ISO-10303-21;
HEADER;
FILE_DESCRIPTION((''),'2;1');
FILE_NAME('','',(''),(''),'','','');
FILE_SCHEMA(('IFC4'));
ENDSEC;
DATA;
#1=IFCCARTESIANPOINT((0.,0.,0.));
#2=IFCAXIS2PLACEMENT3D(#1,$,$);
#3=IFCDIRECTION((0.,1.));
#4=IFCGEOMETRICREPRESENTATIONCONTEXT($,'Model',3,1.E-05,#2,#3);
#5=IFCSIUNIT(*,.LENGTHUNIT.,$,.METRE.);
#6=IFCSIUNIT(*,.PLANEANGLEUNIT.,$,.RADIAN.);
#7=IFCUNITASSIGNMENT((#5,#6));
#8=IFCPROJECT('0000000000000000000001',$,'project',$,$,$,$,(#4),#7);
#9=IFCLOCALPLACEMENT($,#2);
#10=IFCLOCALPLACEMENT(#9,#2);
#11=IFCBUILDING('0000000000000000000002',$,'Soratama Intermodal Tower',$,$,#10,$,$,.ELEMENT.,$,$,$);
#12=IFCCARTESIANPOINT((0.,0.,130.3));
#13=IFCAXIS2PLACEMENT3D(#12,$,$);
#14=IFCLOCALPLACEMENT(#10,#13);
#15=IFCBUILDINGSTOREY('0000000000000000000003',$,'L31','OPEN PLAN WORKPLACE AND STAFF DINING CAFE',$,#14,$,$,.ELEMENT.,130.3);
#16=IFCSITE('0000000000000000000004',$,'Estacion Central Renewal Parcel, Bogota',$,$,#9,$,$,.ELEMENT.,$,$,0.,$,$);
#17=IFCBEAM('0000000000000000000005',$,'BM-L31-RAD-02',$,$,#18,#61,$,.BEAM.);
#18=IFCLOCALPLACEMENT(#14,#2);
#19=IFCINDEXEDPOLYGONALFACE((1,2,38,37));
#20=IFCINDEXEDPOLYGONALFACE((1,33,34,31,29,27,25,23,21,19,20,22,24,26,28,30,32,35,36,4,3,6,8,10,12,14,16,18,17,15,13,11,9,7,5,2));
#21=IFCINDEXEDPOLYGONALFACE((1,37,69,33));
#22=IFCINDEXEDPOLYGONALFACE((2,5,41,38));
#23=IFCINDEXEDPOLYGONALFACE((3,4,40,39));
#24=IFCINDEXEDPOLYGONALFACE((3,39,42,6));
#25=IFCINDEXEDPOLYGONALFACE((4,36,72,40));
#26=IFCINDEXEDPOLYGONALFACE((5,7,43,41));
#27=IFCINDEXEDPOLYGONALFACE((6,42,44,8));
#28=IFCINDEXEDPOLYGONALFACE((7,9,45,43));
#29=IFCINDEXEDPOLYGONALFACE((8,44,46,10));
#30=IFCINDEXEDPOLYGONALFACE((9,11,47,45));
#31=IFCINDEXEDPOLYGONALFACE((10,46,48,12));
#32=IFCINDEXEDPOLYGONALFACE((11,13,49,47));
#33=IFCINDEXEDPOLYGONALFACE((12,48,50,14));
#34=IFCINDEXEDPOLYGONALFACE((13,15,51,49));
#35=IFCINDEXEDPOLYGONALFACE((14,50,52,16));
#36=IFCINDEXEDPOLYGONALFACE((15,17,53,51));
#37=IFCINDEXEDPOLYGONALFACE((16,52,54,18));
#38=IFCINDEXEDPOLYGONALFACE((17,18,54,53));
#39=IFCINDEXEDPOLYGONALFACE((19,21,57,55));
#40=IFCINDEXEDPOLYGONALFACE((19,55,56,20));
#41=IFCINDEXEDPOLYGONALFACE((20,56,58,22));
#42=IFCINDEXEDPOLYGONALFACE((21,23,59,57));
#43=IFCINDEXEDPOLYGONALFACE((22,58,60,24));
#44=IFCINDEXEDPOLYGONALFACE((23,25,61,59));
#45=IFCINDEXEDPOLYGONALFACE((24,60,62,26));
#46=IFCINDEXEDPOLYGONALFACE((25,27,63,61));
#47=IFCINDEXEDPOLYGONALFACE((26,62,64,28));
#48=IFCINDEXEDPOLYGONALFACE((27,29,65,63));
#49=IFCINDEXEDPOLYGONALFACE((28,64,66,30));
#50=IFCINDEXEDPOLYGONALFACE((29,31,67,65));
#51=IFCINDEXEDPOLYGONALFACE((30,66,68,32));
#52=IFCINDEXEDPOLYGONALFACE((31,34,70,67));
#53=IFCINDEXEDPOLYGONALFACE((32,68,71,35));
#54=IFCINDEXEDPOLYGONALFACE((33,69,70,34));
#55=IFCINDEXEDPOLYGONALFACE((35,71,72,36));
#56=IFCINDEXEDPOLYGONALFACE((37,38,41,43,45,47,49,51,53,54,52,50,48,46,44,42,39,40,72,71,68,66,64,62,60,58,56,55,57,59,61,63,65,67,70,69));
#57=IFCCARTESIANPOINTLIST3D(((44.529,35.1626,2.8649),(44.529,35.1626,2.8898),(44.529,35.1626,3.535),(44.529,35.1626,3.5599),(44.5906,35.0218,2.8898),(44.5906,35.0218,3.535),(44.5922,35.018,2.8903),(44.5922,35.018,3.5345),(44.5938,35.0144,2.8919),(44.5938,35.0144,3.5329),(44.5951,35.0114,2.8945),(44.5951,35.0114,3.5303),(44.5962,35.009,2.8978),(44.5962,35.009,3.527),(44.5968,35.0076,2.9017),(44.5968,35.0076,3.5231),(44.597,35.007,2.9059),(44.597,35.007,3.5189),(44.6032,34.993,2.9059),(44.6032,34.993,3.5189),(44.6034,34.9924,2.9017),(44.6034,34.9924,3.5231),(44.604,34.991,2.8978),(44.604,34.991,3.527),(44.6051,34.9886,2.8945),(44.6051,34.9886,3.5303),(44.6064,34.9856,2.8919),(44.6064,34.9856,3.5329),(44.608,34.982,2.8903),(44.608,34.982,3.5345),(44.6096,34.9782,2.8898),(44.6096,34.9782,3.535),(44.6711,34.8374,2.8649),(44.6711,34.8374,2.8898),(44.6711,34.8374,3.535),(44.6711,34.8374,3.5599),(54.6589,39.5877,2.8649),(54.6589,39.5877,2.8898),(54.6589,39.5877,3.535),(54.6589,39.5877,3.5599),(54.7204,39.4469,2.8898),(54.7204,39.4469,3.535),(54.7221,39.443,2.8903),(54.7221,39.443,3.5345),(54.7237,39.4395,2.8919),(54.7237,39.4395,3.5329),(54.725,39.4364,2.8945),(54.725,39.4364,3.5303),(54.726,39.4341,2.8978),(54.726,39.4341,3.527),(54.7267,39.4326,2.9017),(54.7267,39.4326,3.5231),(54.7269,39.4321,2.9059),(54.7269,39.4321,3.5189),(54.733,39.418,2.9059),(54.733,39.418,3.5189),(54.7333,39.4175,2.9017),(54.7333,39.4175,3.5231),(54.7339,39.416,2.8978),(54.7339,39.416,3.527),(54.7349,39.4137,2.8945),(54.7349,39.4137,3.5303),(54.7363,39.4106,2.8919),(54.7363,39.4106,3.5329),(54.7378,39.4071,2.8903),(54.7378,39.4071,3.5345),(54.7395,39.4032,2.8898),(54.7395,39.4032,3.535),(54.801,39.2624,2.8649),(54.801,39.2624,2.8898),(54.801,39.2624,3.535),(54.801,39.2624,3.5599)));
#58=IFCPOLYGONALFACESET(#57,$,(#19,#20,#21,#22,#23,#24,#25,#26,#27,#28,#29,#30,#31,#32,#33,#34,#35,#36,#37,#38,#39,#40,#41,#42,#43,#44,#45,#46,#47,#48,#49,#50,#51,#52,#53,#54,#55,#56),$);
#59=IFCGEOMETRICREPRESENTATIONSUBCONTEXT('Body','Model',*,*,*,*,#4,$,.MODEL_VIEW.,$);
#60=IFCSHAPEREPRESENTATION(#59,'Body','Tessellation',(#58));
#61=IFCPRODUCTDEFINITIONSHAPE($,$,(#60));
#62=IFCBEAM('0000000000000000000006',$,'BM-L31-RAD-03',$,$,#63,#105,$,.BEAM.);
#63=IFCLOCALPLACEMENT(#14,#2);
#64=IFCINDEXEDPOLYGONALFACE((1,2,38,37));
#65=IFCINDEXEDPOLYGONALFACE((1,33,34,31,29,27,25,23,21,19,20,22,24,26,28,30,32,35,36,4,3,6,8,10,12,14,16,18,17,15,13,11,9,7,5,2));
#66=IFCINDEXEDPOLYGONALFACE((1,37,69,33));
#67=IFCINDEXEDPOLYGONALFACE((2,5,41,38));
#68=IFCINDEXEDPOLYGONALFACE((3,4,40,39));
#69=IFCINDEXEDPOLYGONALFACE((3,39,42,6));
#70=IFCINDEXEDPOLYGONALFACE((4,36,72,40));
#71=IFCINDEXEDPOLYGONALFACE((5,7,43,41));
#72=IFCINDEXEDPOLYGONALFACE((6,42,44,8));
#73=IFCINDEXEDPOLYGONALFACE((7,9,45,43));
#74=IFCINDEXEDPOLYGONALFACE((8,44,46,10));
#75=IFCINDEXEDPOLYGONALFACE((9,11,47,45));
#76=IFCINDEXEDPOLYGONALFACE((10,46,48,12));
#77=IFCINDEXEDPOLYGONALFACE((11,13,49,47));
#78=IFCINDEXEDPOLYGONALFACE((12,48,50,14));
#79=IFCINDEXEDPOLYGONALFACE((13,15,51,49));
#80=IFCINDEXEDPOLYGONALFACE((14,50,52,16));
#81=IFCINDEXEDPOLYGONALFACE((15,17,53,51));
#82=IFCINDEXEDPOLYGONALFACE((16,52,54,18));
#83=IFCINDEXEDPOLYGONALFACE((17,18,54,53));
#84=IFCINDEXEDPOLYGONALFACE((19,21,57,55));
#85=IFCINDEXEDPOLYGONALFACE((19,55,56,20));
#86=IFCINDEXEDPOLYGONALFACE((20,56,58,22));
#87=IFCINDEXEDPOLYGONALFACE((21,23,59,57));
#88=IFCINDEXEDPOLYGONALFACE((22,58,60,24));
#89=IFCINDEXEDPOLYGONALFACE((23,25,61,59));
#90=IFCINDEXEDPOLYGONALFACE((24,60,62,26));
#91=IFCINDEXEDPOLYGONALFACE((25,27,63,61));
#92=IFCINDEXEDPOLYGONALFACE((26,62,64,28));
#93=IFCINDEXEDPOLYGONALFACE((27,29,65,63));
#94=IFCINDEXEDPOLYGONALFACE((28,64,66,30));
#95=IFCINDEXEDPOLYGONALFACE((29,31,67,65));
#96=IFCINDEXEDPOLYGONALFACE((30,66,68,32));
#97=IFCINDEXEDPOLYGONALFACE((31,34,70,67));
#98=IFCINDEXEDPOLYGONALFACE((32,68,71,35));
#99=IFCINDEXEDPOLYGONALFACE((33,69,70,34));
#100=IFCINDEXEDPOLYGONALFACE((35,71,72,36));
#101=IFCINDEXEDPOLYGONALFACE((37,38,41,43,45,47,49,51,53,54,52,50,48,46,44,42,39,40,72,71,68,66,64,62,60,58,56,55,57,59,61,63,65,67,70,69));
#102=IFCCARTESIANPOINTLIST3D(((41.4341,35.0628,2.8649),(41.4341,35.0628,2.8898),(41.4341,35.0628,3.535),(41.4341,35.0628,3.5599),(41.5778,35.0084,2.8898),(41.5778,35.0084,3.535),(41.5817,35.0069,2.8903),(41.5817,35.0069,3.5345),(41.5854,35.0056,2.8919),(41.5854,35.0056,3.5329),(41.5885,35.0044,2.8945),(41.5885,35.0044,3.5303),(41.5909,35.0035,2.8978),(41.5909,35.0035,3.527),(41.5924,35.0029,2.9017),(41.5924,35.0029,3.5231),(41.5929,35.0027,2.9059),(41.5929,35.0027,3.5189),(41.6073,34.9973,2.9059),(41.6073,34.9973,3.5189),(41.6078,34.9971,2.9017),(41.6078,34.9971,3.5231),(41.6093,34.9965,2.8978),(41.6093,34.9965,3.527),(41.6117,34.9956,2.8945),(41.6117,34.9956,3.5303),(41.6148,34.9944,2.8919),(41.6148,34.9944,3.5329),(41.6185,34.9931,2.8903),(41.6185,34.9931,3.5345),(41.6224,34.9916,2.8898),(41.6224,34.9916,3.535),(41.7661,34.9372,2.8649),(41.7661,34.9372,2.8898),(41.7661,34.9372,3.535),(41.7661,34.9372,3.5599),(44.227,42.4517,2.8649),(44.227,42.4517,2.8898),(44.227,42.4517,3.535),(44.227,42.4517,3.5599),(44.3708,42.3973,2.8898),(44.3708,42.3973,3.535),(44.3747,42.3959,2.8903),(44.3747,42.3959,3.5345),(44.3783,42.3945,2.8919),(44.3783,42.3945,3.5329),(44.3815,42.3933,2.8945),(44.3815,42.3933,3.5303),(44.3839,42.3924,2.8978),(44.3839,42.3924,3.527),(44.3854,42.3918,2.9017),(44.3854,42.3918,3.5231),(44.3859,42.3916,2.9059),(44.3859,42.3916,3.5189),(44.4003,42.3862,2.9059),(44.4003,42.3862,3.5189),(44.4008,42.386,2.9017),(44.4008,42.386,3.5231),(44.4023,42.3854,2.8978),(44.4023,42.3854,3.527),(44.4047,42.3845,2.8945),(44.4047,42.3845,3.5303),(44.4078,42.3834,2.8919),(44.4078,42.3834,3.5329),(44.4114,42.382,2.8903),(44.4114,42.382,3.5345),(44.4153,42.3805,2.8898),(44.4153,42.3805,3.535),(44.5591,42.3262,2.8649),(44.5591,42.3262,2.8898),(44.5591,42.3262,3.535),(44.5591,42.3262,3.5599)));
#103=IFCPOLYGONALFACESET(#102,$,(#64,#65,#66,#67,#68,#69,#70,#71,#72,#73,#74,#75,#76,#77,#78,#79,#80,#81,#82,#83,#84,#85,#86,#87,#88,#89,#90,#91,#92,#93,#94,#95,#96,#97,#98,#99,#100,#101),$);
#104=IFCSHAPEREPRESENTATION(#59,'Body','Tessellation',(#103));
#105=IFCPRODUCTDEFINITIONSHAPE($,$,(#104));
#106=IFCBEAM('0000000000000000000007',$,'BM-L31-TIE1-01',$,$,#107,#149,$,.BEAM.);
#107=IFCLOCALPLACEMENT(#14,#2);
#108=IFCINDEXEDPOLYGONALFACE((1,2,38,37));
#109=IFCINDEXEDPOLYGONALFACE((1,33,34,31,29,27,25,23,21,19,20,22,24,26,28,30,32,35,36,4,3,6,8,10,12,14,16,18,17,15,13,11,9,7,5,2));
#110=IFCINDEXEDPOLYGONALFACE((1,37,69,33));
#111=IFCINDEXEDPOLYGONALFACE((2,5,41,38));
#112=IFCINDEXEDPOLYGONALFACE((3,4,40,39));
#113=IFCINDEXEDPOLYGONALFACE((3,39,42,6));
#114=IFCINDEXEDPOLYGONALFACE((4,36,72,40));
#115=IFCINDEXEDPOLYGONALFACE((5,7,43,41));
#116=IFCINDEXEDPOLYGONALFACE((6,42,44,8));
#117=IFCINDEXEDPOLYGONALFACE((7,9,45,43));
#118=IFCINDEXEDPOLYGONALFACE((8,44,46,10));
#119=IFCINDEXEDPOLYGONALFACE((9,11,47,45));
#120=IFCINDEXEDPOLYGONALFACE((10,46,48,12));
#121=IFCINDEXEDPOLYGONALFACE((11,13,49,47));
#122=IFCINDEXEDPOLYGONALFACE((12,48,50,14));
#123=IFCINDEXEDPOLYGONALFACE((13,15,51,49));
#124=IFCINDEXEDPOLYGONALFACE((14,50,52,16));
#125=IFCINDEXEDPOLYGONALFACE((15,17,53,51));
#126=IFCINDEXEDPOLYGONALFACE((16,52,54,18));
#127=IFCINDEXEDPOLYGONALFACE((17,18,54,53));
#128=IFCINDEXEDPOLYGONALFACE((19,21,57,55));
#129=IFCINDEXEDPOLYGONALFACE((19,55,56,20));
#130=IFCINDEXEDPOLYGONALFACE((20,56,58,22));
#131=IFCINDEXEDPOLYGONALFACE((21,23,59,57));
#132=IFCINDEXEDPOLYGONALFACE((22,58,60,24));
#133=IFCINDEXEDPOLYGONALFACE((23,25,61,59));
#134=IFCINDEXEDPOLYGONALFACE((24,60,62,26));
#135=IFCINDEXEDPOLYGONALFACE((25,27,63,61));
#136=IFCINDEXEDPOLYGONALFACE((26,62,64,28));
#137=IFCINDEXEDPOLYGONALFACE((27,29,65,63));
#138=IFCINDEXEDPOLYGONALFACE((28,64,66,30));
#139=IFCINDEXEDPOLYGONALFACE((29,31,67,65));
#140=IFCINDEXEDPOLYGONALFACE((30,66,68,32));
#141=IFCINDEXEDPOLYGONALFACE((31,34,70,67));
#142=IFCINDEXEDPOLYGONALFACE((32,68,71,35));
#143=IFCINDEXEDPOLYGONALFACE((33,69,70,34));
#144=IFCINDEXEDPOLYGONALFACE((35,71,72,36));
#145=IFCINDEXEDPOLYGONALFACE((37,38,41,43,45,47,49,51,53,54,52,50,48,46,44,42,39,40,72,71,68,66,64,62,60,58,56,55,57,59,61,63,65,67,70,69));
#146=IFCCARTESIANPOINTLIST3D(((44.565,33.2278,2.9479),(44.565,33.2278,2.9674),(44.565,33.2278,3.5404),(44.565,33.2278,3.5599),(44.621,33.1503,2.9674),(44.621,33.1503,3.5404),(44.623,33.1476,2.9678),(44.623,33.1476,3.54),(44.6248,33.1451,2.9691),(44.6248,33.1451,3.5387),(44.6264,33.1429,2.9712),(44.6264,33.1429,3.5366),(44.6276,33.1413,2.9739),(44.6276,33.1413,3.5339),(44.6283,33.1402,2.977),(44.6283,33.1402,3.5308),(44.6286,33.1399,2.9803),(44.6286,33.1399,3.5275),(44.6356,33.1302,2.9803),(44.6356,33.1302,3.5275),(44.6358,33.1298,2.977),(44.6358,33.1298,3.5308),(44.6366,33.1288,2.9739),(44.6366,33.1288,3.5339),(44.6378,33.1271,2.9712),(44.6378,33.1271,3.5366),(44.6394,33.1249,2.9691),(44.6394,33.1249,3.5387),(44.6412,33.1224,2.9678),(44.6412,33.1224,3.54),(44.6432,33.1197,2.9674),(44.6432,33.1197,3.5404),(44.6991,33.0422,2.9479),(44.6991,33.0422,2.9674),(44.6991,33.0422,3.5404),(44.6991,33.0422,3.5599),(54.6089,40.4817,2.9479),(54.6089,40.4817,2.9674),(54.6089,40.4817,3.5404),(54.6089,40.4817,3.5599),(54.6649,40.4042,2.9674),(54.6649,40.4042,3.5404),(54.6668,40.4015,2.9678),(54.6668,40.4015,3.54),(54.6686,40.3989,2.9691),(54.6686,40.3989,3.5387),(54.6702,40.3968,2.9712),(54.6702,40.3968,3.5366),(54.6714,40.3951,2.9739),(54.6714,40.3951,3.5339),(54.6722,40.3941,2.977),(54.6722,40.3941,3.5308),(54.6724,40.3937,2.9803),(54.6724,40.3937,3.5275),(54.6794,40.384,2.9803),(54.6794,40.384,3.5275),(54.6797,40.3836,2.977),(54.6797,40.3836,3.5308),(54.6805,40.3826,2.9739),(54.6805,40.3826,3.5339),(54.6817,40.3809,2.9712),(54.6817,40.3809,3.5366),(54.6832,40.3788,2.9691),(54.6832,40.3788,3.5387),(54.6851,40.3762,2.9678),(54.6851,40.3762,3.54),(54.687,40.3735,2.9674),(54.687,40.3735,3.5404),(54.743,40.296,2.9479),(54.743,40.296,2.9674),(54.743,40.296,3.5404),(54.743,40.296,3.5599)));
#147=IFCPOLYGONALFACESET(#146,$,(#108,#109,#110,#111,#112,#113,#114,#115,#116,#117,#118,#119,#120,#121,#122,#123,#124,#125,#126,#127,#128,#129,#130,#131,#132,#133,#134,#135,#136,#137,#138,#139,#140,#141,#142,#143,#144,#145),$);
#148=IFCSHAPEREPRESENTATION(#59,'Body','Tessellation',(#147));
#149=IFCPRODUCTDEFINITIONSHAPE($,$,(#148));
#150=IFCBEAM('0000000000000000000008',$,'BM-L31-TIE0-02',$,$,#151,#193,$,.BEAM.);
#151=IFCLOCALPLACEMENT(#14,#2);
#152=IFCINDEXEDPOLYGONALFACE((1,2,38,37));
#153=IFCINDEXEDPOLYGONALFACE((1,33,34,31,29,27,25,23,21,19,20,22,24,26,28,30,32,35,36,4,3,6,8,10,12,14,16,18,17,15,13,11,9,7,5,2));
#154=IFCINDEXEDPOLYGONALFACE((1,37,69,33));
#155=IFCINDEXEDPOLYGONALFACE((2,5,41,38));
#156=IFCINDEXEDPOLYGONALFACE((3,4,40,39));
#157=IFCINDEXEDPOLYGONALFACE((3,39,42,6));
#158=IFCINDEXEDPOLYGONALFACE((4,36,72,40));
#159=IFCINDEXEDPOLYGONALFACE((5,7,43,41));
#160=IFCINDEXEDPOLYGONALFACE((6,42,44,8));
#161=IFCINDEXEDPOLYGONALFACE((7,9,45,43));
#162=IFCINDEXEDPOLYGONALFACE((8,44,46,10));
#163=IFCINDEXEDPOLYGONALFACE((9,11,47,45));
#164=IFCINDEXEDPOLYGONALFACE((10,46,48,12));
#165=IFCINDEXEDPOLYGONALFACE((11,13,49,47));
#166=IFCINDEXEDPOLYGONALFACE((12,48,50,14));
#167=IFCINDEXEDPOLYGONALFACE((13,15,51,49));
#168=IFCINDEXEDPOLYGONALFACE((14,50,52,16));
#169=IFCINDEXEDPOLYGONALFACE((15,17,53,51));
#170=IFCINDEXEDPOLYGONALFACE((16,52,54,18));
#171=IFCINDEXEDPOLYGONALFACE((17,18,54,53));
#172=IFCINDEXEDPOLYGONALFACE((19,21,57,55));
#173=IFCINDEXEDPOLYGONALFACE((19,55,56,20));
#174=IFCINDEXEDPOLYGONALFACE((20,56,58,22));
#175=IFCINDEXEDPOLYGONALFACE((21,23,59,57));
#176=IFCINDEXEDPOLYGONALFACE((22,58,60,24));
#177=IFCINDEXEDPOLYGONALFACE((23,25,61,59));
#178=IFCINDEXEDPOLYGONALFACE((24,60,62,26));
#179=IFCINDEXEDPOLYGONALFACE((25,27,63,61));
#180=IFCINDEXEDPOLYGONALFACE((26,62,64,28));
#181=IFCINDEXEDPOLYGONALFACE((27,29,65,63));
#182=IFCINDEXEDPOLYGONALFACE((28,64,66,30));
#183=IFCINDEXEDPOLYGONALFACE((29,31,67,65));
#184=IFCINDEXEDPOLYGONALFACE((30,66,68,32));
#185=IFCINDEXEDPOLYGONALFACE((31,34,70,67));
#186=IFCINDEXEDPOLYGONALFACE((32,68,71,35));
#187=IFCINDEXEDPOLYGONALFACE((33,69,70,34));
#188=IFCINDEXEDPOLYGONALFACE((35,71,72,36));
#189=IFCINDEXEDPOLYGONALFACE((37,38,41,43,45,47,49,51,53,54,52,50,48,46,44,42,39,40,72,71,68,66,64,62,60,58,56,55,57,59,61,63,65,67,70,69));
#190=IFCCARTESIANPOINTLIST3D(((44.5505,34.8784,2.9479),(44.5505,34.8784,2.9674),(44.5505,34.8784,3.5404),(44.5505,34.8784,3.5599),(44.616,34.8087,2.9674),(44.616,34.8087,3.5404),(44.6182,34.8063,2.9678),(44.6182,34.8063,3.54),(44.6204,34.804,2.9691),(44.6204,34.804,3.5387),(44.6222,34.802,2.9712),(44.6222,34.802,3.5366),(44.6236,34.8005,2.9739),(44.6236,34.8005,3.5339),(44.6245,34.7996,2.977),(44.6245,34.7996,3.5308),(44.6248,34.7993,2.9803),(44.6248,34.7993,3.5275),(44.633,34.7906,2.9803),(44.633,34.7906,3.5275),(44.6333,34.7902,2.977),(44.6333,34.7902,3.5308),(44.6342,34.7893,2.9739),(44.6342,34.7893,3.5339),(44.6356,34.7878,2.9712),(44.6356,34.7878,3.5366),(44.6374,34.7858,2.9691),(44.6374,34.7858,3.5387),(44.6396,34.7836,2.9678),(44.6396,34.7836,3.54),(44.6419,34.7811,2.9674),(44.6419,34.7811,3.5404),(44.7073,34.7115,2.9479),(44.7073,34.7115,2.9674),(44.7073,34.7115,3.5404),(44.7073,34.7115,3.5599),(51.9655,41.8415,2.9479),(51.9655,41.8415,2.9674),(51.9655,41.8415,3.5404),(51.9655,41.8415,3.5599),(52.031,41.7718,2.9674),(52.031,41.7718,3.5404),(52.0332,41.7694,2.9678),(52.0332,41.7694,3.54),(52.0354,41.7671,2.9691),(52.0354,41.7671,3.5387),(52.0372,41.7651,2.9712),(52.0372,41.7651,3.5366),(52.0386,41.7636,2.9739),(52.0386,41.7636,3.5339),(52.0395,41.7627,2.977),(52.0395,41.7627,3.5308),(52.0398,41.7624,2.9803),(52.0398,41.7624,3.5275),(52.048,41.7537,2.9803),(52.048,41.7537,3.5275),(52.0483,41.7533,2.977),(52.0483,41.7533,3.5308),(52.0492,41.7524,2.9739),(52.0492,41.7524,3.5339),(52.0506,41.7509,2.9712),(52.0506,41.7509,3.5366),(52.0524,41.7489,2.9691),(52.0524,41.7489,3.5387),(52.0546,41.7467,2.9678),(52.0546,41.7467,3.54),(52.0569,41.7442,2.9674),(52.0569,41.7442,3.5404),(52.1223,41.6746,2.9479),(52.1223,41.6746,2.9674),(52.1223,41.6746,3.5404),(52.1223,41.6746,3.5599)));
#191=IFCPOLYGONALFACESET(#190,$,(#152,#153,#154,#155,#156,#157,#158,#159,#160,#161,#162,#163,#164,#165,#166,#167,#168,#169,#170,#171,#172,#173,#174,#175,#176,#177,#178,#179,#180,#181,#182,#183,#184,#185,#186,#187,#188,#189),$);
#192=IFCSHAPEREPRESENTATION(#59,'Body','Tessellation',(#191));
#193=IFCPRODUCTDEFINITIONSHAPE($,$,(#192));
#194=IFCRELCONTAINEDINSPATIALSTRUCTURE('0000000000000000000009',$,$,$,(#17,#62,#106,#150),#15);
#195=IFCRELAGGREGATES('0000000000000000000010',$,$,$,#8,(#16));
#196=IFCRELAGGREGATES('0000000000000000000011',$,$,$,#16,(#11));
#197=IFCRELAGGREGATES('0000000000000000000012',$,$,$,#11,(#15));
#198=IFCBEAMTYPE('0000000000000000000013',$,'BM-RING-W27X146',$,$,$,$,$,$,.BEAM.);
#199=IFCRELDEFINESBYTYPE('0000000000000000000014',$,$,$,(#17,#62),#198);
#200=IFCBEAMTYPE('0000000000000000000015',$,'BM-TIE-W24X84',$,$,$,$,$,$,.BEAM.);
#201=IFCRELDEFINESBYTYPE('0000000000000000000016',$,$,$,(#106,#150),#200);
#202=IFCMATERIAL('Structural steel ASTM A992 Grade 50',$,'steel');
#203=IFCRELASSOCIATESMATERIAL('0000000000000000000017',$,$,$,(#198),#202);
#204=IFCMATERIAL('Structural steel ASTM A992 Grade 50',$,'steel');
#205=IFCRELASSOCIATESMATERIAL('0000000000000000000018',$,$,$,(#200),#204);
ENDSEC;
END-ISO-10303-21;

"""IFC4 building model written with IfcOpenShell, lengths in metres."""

from ifc_helpers import new_model, si_unit, direction, frame, origin, origin_2d, place, context, subcontext, project, spatial, i_section, extrude, material, material_profile, profile_set, type_object, element, save


model = new_model("IFC4")

# Units and contexts
model_context = context("Model", 3, precision=1e-05, world=origin(), true_north=direction((0.0, 1.0)))
body_context = subcontext(model_context, "Body", "Model", "MODEL_VIEW")
ifc_project = project(units=[si_unit("LENGTHUNIT", "METRE"), si_unit("PLANEANGLEUNIT", "RADIAN")], contexts=[model_context])

# Site, building, storey
site_placement = place(None, origin())
site = spatial("IfcSite", under=ifc_project, at=site_placement, Name="Estacion Central Renewal Parcel, Bogota", CompositionType="ELEMENT", RefElevation=0.0)
building_placement = place(site_placement, origin())
building = spatial("IfcBuilding", under=site, at=building_placement, Name="Soratama Intermodal Tower", CompositionType="ELEMENT")
storey_placement = place(building_placement, frame((0.0, 0.0, 130.3)))
storey = spatial("IfcBuildingStorey", under=building, at=storey_placement, Name="L31", Description="OPEN PLAN WORKPLACE AND STAFF DINING CAFE", CompositionType="ELEMENT", Elevation=130.3)

# Beams
ifc_material_1 = material(Name="Structural steel ASTM A992 Grade 50", Category="steel")
ifc_material_profile_1 = material_profile(ifc_material_1, i_section(OverallWidth=0.355, OverallDepth=0.6951, WebThickness=0.0154, FlangeThickness=0.0249, FilletRadius=0.0161, at=origin_2d()), Name="W27X146")
ifc_profile_set_1 = profile_set([ifc_material_profile_1], Name="Structural steel ASTM A992 Grade 50")
beam_type_1 = type_object("IfcBeamType", Name="BM-RING-W27X146", PredefinedType="BEAM", material=ifc_profile_set_1)
beam_1_placement = place(storey_placement, frame((44.6001, 35.0, 3.2124), z_axis=(0.916382, 0.400304, 0.0), x_axis=(-0.400304, 0.916382, 0.0)))
element("IfcBeam", 1, at=beam_1_placement, inside=storey, type_object=beam_type_1, Name="BM-L31-RAD-02", PredefinedType="BEAM", context=body_context, shape_type="SweptSolid", body=[
    extrude(i_section(OverallWidth=0.355, OverallDepth=0.6951, WebThickness=0.0154, FlangeThickness=0.0249, FilletRadius=0.0161, at=origin_2d()), origin(), (0.0, 0.0, 1.0), 11.0542),
])
beam_2_placement = place(storey_placement, frame((41.6001, 35.0, 3.2124), z_axis=(0.353578, 0.935405, 0.0), x_axis=(-0.935405, 0.353578, 0.0)))
element("IfcBeam", 2, at=beam_2_placement, inside=storey, type_object=beam_type_1, Name="BM-L31-RAD-03", PredefinedType="BEAM", context=body_context, shape_type="SweptSolid", body=[
    extrude(i_section(OverallWidth=0.355, OverallDepth=0.6951, WebThickness=0.0154, FlangeThickness=0.0249, FilletRadius=0.0161, at=origin_2d()), origin(), (0.0, 0.0, 1.0), 7.8992),
])
ifc_material_2 = material(Name="Structural steel ASTM A992 Grade 50", Category="steel")
ifc_material_profile_2 = material_profile(ifc_material_2, i_section(OverallWidth=0.229, OverallDepth=0.6121, WebThickness=0.012, FlangeThickness=0.0195, FilletRadius=0.0129, at=origin_2d()), Name="W24X84")
ifc_profile_set_2 = profile_set([ifc_material_profile_2], Name="Structural steel ASTM A992 Grade 50")
beam_type_2 = type_object("IfcBeamType", Name="BM-TIE-W24X84", PredefinedType="BEAM", material=ifc_profile_set_2)
beam_3_placement = place(storey_placement, frame((44.6321, 33.135, 3.2539), z_axis=(0.810681, 0.585488, 0.0), x_axis=(-0.585488, 0.810681, 0.0)))
element("IfcBeam", 3, at=beam_3_placement, inside=storey, type_object=beam_type_2, Name="BM-L31-TIE1-01", PredefinedType="BEAM", context=body_context, shape_type="SweptSolid", body=[
    extrude(i_section(OverallWidth=0.229, OverallDepth=0.6121, WebThickness=0.012, FlangeThickness=0.0195, FilletRadius=0.0129, at=origin_2d()), origin(), (0.0, 0.0, 1.0), 12.3894),
])
beam_4_placement = place(storey_placement, frame((44.6289, 34.7949, 3.2539), z_axis=(0.728971, 0.684544, 0.0), x_axis=(-0.684544, 0.728971, 0.0)))
element("IfcBeam", 4, at=beam_4_placement, inside=storey, type_object=beam_type_2, Name="BM-L31-TIE0-02", PredefinedType="BEAM", context=body_context, shape_type="SweptSolid", body=[
    extrude(i_section(OverallWidth=0.229, OverallDepth=0.6121, WebThickness=0.012, FlangeThickness=0.0195, FilletRadius=0.0129, at=origin_2d()), origin(), (0.0, 0.0, 1.0), 10.1719),
])

save(model, "model.ifc")
